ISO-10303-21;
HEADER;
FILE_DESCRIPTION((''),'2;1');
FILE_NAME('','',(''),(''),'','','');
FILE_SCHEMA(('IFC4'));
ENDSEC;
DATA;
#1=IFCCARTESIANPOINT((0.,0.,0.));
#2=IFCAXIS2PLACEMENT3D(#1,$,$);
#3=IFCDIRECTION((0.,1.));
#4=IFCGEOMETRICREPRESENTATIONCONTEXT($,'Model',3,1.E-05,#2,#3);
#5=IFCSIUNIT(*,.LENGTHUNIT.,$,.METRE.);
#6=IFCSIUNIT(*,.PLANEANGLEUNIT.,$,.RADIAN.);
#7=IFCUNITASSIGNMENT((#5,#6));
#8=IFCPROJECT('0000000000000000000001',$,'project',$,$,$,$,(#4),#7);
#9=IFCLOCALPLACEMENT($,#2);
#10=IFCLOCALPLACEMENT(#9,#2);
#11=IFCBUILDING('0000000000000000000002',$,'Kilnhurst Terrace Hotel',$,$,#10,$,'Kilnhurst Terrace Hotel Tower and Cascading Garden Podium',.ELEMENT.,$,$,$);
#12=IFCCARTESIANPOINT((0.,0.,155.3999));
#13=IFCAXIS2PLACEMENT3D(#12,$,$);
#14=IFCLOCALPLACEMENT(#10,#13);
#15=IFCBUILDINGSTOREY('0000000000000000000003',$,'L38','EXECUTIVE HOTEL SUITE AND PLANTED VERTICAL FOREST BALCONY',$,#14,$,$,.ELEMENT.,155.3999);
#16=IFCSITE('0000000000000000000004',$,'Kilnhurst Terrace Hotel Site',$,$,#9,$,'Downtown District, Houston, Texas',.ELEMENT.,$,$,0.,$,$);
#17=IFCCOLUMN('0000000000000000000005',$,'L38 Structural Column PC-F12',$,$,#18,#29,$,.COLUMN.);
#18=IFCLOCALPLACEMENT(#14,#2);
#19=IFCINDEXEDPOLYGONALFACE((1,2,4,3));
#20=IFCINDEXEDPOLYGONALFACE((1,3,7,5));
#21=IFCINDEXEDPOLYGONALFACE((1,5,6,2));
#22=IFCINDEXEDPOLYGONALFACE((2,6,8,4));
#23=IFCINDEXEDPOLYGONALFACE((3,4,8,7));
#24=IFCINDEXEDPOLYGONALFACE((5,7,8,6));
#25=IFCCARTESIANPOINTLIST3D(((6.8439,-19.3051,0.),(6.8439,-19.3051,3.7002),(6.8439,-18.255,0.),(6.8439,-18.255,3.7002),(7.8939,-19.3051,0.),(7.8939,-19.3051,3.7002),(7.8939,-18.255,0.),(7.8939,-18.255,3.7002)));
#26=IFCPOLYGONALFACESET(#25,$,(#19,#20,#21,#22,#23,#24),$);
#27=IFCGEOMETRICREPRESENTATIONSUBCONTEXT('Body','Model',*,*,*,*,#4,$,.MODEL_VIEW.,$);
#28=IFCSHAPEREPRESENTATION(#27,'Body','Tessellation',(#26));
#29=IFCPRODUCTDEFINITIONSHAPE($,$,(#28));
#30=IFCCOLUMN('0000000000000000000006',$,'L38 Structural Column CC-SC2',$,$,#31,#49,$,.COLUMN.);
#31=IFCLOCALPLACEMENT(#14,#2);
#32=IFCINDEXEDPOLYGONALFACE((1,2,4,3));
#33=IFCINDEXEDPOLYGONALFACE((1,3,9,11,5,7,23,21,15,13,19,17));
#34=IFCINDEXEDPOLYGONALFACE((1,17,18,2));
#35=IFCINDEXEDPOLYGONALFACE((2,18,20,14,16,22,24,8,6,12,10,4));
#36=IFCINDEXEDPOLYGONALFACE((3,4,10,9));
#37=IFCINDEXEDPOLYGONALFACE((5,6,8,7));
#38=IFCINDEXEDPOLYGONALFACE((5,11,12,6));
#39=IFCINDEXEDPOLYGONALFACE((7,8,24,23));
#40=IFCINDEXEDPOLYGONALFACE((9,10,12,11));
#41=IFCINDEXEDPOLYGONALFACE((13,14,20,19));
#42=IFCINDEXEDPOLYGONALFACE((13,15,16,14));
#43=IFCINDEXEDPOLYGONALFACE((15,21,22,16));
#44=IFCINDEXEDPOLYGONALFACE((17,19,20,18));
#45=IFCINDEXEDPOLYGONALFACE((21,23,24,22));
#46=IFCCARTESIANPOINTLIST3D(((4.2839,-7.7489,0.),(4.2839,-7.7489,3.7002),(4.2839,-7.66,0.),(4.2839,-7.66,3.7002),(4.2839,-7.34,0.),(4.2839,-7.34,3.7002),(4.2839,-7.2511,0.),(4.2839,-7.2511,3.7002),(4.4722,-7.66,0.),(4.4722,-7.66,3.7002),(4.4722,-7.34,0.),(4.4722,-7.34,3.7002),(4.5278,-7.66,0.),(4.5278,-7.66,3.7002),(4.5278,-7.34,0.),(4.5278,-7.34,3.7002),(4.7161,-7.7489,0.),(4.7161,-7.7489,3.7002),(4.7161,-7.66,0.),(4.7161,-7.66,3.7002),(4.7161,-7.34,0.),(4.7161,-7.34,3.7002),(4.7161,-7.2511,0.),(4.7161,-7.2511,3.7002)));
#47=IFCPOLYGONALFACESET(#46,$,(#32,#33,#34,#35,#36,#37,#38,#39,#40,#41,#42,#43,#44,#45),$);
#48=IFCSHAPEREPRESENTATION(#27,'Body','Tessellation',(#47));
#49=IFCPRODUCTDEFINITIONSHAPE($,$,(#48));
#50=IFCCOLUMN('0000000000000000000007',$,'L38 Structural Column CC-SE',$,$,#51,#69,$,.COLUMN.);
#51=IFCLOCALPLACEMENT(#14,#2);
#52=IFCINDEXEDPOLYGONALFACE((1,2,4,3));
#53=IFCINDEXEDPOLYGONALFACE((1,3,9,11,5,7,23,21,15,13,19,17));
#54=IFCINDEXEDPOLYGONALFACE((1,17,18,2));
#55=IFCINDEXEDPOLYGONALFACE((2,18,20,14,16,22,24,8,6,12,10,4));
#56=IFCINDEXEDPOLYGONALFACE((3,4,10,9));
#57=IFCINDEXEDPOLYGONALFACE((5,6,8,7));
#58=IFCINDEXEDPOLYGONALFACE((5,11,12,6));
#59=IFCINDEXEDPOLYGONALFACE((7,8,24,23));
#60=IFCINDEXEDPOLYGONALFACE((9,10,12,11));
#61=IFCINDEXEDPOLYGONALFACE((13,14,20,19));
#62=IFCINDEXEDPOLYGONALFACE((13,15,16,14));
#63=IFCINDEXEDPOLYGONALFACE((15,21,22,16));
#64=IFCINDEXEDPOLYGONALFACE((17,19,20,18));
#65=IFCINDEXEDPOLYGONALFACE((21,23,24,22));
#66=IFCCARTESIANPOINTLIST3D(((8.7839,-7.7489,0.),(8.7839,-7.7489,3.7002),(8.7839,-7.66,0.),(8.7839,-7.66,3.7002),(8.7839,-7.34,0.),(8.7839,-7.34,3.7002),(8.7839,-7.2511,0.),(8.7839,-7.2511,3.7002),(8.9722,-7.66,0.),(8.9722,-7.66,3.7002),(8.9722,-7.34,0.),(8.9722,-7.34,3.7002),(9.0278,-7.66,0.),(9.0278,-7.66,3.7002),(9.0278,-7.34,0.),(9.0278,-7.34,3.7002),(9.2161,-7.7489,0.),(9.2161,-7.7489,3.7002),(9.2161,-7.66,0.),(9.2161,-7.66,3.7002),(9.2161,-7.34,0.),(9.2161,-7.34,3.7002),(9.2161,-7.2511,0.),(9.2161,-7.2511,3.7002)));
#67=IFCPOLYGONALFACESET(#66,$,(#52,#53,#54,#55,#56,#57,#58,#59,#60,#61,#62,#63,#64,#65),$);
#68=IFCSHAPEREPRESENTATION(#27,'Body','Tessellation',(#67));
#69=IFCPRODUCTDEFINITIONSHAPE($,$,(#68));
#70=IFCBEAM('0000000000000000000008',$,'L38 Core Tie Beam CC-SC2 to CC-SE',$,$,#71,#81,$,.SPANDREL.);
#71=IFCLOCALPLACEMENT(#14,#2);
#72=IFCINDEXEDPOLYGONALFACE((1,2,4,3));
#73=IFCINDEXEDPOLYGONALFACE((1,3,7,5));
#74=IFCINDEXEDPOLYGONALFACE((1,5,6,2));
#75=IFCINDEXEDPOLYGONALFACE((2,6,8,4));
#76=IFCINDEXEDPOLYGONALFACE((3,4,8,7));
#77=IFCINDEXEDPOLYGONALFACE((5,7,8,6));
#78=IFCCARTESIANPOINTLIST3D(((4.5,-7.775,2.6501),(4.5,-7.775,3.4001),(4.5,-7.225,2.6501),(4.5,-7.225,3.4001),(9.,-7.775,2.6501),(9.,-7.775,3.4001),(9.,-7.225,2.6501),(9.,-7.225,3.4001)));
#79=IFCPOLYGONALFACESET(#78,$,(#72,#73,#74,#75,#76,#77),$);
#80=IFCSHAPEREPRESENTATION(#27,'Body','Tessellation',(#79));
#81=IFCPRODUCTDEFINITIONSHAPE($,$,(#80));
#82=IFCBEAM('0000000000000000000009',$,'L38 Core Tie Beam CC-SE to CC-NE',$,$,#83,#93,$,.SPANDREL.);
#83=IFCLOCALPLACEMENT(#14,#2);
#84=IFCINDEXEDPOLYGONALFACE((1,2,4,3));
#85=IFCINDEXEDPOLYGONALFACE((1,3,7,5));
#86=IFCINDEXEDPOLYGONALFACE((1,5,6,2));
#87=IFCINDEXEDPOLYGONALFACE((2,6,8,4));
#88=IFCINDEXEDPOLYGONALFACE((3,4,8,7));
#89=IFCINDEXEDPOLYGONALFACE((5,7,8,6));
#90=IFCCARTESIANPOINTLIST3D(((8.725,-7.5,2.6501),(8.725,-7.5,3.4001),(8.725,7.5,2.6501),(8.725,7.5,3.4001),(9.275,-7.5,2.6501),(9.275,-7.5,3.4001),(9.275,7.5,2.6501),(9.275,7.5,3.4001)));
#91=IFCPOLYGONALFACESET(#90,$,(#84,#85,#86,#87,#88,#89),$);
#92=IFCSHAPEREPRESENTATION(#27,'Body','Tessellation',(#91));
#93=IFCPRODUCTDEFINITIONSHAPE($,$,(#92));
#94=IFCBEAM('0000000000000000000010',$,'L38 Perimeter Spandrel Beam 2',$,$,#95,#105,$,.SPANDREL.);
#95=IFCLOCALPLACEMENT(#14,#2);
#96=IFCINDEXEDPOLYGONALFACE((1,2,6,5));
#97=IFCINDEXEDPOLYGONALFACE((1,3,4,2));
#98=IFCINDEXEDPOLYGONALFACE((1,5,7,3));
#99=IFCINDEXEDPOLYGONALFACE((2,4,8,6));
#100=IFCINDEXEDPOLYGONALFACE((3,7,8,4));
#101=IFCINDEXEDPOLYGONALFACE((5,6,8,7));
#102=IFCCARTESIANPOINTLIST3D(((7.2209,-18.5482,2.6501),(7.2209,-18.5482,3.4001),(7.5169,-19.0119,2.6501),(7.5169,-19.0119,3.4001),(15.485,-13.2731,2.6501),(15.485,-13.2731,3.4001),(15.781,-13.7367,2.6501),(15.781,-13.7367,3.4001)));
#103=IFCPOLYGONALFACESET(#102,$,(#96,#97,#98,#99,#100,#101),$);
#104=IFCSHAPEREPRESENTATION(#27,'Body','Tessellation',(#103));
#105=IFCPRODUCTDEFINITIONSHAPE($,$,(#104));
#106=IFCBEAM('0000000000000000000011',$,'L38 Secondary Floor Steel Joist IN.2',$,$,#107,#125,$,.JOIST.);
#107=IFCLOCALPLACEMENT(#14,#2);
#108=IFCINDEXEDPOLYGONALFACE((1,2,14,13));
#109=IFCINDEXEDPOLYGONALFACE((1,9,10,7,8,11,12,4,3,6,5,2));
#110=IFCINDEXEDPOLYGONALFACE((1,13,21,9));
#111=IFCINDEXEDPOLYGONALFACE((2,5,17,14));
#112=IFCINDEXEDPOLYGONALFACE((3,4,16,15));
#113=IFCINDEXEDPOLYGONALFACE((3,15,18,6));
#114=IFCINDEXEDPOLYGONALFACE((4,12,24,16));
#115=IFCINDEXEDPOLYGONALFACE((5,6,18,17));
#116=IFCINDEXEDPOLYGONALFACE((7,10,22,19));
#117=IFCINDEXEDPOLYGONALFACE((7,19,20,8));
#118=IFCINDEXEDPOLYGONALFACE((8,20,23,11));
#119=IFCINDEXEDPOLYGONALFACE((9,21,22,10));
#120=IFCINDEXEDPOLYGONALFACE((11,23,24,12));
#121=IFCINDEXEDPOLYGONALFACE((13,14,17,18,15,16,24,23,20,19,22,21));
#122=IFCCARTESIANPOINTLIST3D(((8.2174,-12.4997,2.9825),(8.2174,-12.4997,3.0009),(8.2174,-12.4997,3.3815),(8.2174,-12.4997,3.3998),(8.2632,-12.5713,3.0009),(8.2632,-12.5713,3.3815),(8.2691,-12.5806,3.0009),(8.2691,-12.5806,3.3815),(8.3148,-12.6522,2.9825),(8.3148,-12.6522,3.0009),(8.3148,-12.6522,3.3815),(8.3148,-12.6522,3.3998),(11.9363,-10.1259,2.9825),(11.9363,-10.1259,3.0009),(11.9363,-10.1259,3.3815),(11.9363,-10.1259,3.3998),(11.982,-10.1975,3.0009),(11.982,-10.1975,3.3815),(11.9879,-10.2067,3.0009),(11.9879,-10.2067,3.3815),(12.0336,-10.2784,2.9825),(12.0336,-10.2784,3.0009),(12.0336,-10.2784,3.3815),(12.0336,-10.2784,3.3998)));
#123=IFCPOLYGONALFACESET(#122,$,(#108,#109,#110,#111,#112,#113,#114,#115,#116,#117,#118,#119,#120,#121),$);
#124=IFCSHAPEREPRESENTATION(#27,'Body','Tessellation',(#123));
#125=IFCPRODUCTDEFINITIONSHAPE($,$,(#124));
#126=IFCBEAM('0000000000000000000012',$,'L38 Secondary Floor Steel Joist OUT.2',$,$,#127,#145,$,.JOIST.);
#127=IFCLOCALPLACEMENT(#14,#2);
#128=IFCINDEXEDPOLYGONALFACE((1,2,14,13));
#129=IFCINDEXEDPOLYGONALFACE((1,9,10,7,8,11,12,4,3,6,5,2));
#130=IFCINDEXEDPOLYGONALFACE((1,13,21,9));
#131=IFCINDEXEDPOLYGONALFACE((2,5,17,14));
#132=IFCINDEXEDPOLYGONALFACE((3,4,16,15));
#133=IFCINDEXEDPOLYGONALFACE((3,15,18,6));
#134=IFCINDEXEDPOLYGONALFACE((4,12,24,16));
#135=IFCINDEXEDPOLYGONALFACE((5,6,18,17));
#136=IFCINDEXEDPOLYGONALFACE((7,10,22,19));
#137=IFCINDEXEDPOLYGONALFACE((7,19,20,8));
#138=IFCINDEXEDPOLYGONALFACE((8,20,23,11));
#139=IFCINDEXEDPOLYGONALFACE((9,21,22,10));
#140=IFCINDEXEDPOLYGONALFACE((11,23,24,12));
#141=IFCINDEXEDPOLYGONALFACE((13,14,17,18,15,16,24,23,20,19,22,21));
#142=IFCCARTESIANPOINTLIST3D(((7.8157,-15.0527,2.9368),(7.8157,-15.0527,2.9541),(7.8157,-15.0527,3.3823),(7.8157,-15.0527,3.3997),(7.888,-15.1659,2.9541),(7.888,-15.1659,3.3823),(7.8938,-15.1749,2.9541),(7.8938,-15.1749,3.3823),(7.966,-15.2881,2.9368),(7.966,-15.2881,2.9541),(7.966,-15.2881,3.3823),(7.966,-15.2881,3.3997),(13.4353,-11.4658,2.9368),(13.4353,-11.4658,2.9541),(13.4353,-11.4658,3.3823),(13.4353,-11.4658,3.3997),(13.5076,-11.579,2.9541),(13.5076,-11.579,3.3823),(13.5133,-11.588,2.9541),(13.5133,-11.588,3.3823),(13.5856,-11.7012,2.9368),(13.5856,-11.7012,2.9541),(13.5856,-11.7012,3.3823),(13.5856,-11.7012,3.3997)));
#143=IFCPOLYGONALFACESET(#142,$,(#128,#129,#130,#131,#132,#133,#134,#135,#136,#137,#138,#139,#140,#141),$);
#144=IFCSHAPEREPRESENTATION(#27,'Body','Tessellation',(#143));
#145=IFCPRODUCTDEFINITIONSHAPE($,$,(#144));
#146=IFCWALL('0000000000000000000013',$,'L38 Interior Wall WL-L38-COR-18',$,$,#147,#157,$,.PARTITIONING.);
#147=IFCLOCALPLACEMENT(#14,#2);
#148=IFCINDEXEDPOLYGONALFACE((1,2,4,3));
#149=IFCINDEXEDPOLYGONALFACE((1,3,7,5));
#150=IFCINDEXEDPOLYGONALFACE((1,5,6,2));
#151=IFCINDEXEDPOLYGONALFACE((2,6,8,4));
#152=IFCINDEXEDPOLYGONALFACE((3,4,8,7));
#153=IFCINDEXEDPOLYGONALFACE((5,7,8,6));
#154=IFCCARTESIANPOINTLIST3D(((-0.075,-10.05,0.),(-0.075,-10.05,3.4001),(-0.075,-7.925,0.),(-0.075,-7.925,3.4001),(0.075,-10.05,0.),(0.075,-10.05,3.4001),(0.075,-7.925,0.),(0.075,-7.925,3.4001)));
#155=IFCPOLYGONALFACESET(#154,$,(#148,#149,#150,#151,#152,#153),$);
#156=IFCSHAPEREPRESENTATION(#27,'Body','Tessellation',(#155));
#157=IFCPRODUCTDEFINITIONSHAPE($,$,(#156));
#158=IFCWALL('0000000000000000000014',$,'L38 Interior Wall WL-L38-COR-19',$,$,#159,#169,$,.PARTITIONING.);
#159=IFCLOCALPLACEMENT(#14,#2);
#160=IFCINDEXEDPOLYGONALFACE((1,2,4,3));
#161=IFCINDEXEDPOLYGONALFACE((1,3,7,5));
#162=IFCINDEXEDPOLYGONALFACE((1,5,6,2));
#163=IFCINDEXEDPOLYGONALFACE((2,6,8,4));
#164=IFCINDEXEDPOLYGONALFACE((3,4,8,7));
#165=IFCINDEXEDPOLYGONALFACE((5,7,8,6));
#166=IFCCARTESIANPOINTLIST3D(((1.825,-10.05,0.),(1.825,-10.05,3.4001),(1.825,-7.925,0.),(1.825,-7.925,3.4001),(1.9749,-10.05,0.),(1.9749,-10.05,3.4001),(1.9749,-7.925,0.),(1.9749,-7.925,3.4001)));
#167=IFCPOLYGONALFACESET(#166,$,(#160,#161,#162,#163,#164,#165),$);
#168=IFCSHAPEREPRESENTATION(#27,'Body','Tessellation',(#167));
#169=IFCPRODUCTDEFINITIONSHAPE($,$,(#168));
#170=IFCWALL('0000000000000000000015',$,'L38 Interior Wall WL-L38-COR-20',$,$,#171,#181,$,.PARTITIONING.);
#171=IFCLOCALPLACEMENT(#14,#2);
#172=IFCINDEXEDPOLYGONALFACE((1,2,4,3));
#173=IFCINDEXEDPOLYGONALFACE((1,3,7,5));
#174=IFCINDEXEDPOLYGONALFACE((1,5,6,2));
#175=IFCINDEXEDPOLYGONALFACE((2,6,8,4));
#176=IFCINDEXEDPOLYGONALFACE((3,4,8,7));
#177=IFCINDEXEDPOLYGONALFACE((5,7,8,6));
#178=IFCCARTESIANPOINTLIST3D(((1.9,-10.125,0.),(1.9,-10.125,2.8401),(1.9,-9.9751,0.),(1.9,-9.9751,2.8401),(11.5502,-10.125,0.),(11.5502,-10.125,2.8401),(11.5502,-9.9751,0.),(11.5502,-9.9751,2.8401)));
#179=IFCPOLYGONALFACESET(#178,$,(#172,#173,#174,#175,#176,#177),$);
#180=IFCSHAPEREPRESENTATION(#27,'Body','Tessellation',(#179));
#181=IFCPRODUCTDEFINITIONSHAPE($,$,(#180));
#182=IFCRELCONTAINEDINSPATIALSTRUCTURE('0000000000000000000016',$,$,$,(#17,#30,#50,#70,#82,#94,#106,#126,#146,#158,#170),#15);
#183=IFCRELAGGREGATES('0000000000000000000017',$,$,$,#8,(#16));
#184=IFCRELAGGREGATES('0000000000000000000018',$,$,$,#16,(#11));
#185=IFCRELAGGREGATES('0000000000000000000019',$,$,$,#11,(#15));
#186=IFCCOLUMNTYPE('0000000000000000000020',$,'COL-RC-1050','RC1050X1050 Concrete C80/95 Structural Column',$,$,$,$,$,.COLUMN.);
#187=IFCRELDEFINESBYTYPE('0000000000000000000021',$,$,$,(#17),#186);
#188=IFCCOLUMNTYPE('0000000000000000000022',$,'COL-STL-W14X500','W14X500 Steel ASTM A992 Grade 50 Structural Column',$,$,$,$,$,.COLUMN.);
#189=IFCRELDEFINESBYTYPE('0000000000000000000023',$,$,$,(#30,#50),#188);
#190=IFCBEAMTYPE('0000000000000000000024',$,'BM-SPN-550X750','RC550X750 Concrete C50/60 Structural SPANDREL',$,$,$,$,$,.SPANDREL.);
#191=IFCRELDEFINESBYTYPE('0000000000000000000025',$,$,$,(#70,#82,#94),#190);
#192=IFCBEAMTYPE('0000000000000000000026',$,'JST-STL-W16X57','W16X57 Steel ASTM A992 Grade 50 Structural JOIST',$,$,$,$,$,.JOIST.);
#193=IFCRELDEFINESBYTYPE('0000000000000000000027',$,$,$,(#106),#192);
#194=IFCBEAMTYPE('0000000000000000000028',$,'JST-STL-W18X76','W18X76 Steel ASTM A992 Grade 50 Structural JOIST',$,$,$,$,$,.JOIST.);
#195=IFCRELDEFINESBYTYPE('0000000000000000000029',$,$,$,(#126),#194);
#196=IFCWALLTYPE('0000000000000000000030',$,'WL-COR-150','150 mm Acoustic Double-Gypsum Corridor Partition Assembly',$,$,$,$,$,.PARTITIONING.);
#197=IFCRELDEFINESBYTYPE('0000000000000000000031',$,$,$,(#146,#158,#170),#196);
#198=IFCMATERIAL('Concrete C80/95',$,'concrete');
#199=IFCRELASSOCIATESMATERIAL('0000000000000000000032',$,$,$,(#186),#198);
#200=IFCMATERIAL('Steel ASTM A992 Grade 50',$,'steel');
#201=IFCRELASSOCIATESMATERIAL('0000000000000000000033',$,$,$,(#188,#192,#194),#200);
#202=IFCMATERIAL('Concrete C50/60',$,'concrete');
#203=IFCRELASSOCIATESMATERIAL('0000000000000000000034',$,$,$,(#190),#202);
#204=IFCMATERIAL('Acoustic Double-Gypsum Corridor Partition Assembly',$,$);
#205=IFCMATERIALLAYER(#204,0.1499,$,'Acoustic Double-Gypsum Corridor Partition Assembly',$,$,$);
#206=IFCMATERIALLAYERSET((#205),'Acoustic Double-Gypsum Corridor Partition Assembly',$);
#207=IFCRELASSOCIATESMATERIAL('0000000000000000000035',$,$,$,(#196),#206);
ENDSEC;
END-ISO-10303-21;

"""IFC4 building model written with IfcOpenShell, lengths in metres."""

from ifc_helpers import new_model, si_unit, direction, frame, frame_2d, origin, origin_2d, place, context, subcontext, project, spatial, rectangle, i_section, extrude, material, layer, layer_set, material_profile, profile_set, type_object, element, save


model = new_model("IFC4")

# Units and contexts
model_context = context("Model", 3, precision=1e-05, world=origin(), true_north=direction((0.0, 1.0)))
body_context = subcontext(model_context, "Body", "Model", "MODEL_VIEW")
ifc_project = project(units=[si_unit("LENGTHUNIT", "METRE"), si_unit("PLANEANGLEUNIT", "RADIAN")], contexts=[model_context])

# Site, building, storey
site_placement = place(None, origin())
site = spatial("IfcSite", under=ifc_project, at=site_placement, Name="Kilnhurst Terrace Hotel Site", LongName="Downtown District, Houston, Texas", CompositionType="ELEMENT", RefElevation=0.0)
building_placement = place(site_placement, origin())
building = spatial("IfcBuilding", under=site, at=building_placement, Name="Kilnhurst Terrace Hotel", LongName="Kilnhurst Terrace Hotel Tower and Cascading Garden Podium", CompositionType="ELEMENT")
storey_placement = place(building_placement, frame((0.0, 0.0, 155.3999)))
storey = spatial("IfcBuildingStorey", under=building, at=storey_placement, Name="L38", Description="EXECUTIVE HOTEL SUITE AND PLANTED VERTICAL FOREST BALCONY", CompositionType="ELEMENT", Elevation=155.3999)

# Columns
ifc_material_1 = material(Name="Concrete C80/95", Category="concrete")
ifc_material_profile_1 = material_profile(ifc_material_1, rectangle(XDim=1.05, YDim=1.05, at=origin_2d()), Name="RC1050X1050")
ifc_profile_set_1 = profile_set([ifc_material_profile_1], Name="Concrete C80/95")
column_type_1 = type_object("IfcColumnType", Name="COL-RC-1050", Description="RC1050X1050 Concrete C80/95 Structural Column", PredefinedType="COLUMN", material=ifc_profile_set_1)
column_placement = place(storey_placement, frame((7.3689, -18.78, 0.0), z_axis=(0.0, 0.0, 1.0), x_axis=(1.0, 0.0, 0.0)))
element("IfcColumn", 1, at=column_placement, inside=storey, type_object=column_type_1, Name="L38 Structural Column PC-F12", PredefinedType="COLUMN", context=body_context, shape_type="SweptSolid", body=[
    extrude(rectangle(XDim=1.05, YDim=1.05, at=origin_2d()), origin(), (0.0, 0.0, 1.0), 3.7002),
])
ifc_material_2 = material(Name="Steel ASTM A992 Grade 50", Category="steel")
ifc_material_profile_2 = material_profile(ifc_material_2, i_section(OverallWidth=0.4321, OverallDepth=0.4978, WebThickness=0.0557, FlangeThickness=0.0889, at=origin_2d()), Name="W14X500")
ifc_profile_set_2 = profile_set([ifc_material_profile_2], Name="Steel ASTM A992 Grade 50")
column_type_2 = type_object("IfcColumnType", Name="COL-STL-W14X500", Description="W14X500 Steel ASTM A992 Grade 50 Structural Column", PredefinedType="COLUMN", material=ifc_profile_set_2)
for number, where, z_axis, x_axis, name in (
    (2, (4.5, -7.5, 0.0), (0.0, 0.0, 1.0), (1.0, 0.0, 0.0), "L38 Structural Column CC-SC2"),
    (3, (9.0, -7.5, 0.0), (0.0, 0.0, 1.0), (1.0, 0.0, 0.0), "L38 Structural Column CC-SE"),
):
    element("IfcColumn", number, at=place(storey_placement, frame(where, z_axis=z_axis, x_axis=x_axis)), inside=storey, type_object=column_type_2, Name=name, PredefinedType="COLUMN", context=body_context, shape_type="SweptSolid", body=[
        extrude(i_section(OverallWidth=0.4321, OverallDepth=0.4978, WebThickness=0.0557, FlangeThickness=0.0889, at=origin_2d()), origin(), (0.0, 0.0, 1.0), 3.7002),
    ])

# Beams
ifc_material_3 = material(Name="Concrete C50/60", Category="concrete")
ifc_material_profile_3 = material_profile(ifc_material_3, rectangle(XDim=0.55, YDim=0.75, at=origin_2d()), Name="RC550X750")
ifc_profile_set_3 = profile_set([ifc_material_profile_3], Name="Concrete C50/60")
beam_type_1 = type_object("IfcBeamType", Name="BM-SPN-550X750", Description="RC550X750 Concrete C50/60 Structural SPANDREL", PredefinedType="SPANDREL", material=ifc_profile_set_3)
beam_1_placement = place(storey_placement, frame((4.5, -7.5, 3.0251), z_axis=(1.0, 0.0, 0.0), x_axis=(0.0, 1.0, 0.0)))
element("IfcBeam", 4, at=beam_1_placement, inside=storey, type_object=beam_type_1, Name="L38 Core Tie Beam CC-SC2 to CC-SE", PredefinedType="SPANDREL", context=body_context, shape_type="SweptSolid", body=[
    extrude(rectangle(XDim=0.55, YDim=0.75, at=origin_2d()), origin(), (0.0, 0.0, 1.0), 4.5),
])
beam_2_placement = place(storey_placement, frame((9.0, -7.5, 3.0251), z_axis=(0.0, 1.0, 0.0), x_axis=(-1.0, 0.0, 0.0)))
element("IfcBeam", 5, at=beam_2_placement, inside=storey, type_object=beam_type_1, Name="L38 Core Tie Beam CC-SE to CC-NE", PredefinedType="SPANDREL", context=body_context, shape_type="SweptSolid", body=[
    extrude(rectangle(XDim=0.55, YDim=0.75, at=origin_2d()), origin(), (0.0, 0.0, 1.0), 15.0),
])
beam_3_placement = place(storey_placement, frame((7.3689, -18.78, 3.0251), z_axis=(0.842915, 0.538046, 0.0), x_axis=(-0.538046, 0.842915, 0.0)))
element("IfcBeam", 6, at=beam_3_placement, inside=storey, type_object=beam_type_1, Name="L38 Perimeter Spandrel Beam 2", PredefinedType="SPANDREL", context=body_context, shape_type="SweptSolid", body=[
    extrude(rectangle(XDim=0.55, YDim=0.75, at=origin_2d()), origin(), (0.0, 0.0, 1.0), 9.8042),
])
ifc_material_profile_4 = material_profile(ifc_material_2, i_section(OverallWidth=0.1809, OverallDepth=0.4172, WebThickness=0.011, FlangeThickness=0.0183, at=origin_2d()), Name="W16X57")
ifc_profile_set_4 = profile_set([ifc_material_profile_4], Name="Steel ASTM A992 Grade 50")
beam_type_2 = type_object("IfcBeamType", Name="JST-STL-W16X57", Description="W16X57 Steel ASTM A992 Grade 50 Structural JOIST", PredefinedType="JOIST", material=ifc_profile_set_4)
beam_4_placement = place(storey_placement, frame((8.2661, -12.5759, 3.1912), z_axis=(0.842911, 0.538053, 0.0), x_axis=(-0.538053, 0.842911, 0.0)))
element("IfcBeam", 7, at=beam_4_placement, inside=storey, type_object=beam_type_2, Name="L38 Secondary Floor Steel Joist IN.2", PredefinedType="JOIST", context=body_context, shape_type="SweptSolid", body=[
    extrude(i_section(OverallWidth=0.1809, OverallDepth=0.4172, WebThickness=0.011, FlangeThickness=0.0183, at=origin_2d()), origin(), (0.0, 0.0, 1.0), 4.4119),
])
ifc_material_profile_5 = material_profile(ifc_material_2, i_section(OverallWidth=0.2793, OverallDepth=0.4629, WebThickness=0.0107, FlangeThickness=0.0173, at=origin_2d()), Name="W18X76")
ifc_profile_set_5 = profile_set([ifc_material_profile_5], Name="Steel ASTM A992 Grade 50")
beam_type_3 = type_object("IfcBeamType", Name="JST-STL-W18X76", Description="W18X76 Steel ASTM A992 Grade 50 Structural JOIST", PredefinedType="JOIST", material=ifc_profile_set_5)
beam_5_placement = place(storey_placement, frame((7.8909, -15.1704, 3.1682), z_axis=(0.842928, 0.538027, 0.0), x_axis=(-0.538027, 0.842928, 0.0)))
element("IfcBeam", 8, at=beam_5_placement, inside=storey, type_object=beam_type_3, Name="L38 Secondary Floor Steel Joist OUT.2", PredefinedType="JOIST", context=body_context, shape_type="SweptSolid", body=[
    extrude(i_section(OverallWidth=0.2793, OverallDepth=0.4629, WebThickness=0.0107, FlangeThickness=0.0173, at=origin_2d()), origin(), (0.0, 0.0, 1.0), 6.6667),
])

# Walls
ifc_material_4 = material(Name="Acoustic Double-Gypsum Corridor Partition Assembly")
ifc_layer_1 = layer(ifc_material_4, 0.1499, Name="Acoustic Double-Gypsum Corridor Partition Assembly")
ifc_layer_set_1 = layer_set([ifc_layer_1], Name="Acoustic Double-Gypsum Corridor Partition Assembly")
wall_type_1 = type_object("IfcWallType", Name="WL-COR-150", Description="150 mm Acoustic Double-Gypsum Corridor Partition Assembly", PredefinedType="PARTITIONING", material=ifc_layer_set_1)
for number, where, z_axis, x_axis, name in (
    (9, (0.0, -10.05, 0.0), (0.0, 0.0, 1.0), (0.0, 1.0, 0.0), "L38 Interior Wall WL-L38-COR-18"),
    (10, (1.8999, -7.925, 0.0), (0.0, 0.0, 1.0), (0.0, -1.0, 0.0), "L38 Interior Wall WL-L38-COR-19"),
):
    element("IfcWall", number, at=place(storey_placement, frame(where, z_axis=z_axis, x_axis=x_axis)), inside=storey, type_object=wall_type_1, Name=name, PredefinedType="PARTITIONING", context=body_context, shape_type="SweptSolid", body=[
        extrude(rectangle(XDim=2.125, YDim=0.1499, at=frame_2d((1.0625, 0.0))), origin(), (0.0, 0.0, 1.0), 3.4001),
    ])
wall_1_placement = place(storey_placement, frame((1.8999, -10.05, 0.0), z_axis=(0.0, 0.0, 1.0), x_axis=(1.0, 0.0, 0.0)))
element("IfcWall", 11, at=wall_1_placement, inside=storey, type_object=wall_type_1, Name="L38 Interior Wall WL-L38-COR-20", PredefinedType="PARTITIONING", context=body_context, shape_type="SweptSolid", body=[
    extrude(rectangle(XDim=9.6501, YDim=0.1499, at=frame_2d((4.8252, 0.0))), origin(), (0.0, 0.0, 1.0), 2.8401),
])

save(model, "model.ifc")
